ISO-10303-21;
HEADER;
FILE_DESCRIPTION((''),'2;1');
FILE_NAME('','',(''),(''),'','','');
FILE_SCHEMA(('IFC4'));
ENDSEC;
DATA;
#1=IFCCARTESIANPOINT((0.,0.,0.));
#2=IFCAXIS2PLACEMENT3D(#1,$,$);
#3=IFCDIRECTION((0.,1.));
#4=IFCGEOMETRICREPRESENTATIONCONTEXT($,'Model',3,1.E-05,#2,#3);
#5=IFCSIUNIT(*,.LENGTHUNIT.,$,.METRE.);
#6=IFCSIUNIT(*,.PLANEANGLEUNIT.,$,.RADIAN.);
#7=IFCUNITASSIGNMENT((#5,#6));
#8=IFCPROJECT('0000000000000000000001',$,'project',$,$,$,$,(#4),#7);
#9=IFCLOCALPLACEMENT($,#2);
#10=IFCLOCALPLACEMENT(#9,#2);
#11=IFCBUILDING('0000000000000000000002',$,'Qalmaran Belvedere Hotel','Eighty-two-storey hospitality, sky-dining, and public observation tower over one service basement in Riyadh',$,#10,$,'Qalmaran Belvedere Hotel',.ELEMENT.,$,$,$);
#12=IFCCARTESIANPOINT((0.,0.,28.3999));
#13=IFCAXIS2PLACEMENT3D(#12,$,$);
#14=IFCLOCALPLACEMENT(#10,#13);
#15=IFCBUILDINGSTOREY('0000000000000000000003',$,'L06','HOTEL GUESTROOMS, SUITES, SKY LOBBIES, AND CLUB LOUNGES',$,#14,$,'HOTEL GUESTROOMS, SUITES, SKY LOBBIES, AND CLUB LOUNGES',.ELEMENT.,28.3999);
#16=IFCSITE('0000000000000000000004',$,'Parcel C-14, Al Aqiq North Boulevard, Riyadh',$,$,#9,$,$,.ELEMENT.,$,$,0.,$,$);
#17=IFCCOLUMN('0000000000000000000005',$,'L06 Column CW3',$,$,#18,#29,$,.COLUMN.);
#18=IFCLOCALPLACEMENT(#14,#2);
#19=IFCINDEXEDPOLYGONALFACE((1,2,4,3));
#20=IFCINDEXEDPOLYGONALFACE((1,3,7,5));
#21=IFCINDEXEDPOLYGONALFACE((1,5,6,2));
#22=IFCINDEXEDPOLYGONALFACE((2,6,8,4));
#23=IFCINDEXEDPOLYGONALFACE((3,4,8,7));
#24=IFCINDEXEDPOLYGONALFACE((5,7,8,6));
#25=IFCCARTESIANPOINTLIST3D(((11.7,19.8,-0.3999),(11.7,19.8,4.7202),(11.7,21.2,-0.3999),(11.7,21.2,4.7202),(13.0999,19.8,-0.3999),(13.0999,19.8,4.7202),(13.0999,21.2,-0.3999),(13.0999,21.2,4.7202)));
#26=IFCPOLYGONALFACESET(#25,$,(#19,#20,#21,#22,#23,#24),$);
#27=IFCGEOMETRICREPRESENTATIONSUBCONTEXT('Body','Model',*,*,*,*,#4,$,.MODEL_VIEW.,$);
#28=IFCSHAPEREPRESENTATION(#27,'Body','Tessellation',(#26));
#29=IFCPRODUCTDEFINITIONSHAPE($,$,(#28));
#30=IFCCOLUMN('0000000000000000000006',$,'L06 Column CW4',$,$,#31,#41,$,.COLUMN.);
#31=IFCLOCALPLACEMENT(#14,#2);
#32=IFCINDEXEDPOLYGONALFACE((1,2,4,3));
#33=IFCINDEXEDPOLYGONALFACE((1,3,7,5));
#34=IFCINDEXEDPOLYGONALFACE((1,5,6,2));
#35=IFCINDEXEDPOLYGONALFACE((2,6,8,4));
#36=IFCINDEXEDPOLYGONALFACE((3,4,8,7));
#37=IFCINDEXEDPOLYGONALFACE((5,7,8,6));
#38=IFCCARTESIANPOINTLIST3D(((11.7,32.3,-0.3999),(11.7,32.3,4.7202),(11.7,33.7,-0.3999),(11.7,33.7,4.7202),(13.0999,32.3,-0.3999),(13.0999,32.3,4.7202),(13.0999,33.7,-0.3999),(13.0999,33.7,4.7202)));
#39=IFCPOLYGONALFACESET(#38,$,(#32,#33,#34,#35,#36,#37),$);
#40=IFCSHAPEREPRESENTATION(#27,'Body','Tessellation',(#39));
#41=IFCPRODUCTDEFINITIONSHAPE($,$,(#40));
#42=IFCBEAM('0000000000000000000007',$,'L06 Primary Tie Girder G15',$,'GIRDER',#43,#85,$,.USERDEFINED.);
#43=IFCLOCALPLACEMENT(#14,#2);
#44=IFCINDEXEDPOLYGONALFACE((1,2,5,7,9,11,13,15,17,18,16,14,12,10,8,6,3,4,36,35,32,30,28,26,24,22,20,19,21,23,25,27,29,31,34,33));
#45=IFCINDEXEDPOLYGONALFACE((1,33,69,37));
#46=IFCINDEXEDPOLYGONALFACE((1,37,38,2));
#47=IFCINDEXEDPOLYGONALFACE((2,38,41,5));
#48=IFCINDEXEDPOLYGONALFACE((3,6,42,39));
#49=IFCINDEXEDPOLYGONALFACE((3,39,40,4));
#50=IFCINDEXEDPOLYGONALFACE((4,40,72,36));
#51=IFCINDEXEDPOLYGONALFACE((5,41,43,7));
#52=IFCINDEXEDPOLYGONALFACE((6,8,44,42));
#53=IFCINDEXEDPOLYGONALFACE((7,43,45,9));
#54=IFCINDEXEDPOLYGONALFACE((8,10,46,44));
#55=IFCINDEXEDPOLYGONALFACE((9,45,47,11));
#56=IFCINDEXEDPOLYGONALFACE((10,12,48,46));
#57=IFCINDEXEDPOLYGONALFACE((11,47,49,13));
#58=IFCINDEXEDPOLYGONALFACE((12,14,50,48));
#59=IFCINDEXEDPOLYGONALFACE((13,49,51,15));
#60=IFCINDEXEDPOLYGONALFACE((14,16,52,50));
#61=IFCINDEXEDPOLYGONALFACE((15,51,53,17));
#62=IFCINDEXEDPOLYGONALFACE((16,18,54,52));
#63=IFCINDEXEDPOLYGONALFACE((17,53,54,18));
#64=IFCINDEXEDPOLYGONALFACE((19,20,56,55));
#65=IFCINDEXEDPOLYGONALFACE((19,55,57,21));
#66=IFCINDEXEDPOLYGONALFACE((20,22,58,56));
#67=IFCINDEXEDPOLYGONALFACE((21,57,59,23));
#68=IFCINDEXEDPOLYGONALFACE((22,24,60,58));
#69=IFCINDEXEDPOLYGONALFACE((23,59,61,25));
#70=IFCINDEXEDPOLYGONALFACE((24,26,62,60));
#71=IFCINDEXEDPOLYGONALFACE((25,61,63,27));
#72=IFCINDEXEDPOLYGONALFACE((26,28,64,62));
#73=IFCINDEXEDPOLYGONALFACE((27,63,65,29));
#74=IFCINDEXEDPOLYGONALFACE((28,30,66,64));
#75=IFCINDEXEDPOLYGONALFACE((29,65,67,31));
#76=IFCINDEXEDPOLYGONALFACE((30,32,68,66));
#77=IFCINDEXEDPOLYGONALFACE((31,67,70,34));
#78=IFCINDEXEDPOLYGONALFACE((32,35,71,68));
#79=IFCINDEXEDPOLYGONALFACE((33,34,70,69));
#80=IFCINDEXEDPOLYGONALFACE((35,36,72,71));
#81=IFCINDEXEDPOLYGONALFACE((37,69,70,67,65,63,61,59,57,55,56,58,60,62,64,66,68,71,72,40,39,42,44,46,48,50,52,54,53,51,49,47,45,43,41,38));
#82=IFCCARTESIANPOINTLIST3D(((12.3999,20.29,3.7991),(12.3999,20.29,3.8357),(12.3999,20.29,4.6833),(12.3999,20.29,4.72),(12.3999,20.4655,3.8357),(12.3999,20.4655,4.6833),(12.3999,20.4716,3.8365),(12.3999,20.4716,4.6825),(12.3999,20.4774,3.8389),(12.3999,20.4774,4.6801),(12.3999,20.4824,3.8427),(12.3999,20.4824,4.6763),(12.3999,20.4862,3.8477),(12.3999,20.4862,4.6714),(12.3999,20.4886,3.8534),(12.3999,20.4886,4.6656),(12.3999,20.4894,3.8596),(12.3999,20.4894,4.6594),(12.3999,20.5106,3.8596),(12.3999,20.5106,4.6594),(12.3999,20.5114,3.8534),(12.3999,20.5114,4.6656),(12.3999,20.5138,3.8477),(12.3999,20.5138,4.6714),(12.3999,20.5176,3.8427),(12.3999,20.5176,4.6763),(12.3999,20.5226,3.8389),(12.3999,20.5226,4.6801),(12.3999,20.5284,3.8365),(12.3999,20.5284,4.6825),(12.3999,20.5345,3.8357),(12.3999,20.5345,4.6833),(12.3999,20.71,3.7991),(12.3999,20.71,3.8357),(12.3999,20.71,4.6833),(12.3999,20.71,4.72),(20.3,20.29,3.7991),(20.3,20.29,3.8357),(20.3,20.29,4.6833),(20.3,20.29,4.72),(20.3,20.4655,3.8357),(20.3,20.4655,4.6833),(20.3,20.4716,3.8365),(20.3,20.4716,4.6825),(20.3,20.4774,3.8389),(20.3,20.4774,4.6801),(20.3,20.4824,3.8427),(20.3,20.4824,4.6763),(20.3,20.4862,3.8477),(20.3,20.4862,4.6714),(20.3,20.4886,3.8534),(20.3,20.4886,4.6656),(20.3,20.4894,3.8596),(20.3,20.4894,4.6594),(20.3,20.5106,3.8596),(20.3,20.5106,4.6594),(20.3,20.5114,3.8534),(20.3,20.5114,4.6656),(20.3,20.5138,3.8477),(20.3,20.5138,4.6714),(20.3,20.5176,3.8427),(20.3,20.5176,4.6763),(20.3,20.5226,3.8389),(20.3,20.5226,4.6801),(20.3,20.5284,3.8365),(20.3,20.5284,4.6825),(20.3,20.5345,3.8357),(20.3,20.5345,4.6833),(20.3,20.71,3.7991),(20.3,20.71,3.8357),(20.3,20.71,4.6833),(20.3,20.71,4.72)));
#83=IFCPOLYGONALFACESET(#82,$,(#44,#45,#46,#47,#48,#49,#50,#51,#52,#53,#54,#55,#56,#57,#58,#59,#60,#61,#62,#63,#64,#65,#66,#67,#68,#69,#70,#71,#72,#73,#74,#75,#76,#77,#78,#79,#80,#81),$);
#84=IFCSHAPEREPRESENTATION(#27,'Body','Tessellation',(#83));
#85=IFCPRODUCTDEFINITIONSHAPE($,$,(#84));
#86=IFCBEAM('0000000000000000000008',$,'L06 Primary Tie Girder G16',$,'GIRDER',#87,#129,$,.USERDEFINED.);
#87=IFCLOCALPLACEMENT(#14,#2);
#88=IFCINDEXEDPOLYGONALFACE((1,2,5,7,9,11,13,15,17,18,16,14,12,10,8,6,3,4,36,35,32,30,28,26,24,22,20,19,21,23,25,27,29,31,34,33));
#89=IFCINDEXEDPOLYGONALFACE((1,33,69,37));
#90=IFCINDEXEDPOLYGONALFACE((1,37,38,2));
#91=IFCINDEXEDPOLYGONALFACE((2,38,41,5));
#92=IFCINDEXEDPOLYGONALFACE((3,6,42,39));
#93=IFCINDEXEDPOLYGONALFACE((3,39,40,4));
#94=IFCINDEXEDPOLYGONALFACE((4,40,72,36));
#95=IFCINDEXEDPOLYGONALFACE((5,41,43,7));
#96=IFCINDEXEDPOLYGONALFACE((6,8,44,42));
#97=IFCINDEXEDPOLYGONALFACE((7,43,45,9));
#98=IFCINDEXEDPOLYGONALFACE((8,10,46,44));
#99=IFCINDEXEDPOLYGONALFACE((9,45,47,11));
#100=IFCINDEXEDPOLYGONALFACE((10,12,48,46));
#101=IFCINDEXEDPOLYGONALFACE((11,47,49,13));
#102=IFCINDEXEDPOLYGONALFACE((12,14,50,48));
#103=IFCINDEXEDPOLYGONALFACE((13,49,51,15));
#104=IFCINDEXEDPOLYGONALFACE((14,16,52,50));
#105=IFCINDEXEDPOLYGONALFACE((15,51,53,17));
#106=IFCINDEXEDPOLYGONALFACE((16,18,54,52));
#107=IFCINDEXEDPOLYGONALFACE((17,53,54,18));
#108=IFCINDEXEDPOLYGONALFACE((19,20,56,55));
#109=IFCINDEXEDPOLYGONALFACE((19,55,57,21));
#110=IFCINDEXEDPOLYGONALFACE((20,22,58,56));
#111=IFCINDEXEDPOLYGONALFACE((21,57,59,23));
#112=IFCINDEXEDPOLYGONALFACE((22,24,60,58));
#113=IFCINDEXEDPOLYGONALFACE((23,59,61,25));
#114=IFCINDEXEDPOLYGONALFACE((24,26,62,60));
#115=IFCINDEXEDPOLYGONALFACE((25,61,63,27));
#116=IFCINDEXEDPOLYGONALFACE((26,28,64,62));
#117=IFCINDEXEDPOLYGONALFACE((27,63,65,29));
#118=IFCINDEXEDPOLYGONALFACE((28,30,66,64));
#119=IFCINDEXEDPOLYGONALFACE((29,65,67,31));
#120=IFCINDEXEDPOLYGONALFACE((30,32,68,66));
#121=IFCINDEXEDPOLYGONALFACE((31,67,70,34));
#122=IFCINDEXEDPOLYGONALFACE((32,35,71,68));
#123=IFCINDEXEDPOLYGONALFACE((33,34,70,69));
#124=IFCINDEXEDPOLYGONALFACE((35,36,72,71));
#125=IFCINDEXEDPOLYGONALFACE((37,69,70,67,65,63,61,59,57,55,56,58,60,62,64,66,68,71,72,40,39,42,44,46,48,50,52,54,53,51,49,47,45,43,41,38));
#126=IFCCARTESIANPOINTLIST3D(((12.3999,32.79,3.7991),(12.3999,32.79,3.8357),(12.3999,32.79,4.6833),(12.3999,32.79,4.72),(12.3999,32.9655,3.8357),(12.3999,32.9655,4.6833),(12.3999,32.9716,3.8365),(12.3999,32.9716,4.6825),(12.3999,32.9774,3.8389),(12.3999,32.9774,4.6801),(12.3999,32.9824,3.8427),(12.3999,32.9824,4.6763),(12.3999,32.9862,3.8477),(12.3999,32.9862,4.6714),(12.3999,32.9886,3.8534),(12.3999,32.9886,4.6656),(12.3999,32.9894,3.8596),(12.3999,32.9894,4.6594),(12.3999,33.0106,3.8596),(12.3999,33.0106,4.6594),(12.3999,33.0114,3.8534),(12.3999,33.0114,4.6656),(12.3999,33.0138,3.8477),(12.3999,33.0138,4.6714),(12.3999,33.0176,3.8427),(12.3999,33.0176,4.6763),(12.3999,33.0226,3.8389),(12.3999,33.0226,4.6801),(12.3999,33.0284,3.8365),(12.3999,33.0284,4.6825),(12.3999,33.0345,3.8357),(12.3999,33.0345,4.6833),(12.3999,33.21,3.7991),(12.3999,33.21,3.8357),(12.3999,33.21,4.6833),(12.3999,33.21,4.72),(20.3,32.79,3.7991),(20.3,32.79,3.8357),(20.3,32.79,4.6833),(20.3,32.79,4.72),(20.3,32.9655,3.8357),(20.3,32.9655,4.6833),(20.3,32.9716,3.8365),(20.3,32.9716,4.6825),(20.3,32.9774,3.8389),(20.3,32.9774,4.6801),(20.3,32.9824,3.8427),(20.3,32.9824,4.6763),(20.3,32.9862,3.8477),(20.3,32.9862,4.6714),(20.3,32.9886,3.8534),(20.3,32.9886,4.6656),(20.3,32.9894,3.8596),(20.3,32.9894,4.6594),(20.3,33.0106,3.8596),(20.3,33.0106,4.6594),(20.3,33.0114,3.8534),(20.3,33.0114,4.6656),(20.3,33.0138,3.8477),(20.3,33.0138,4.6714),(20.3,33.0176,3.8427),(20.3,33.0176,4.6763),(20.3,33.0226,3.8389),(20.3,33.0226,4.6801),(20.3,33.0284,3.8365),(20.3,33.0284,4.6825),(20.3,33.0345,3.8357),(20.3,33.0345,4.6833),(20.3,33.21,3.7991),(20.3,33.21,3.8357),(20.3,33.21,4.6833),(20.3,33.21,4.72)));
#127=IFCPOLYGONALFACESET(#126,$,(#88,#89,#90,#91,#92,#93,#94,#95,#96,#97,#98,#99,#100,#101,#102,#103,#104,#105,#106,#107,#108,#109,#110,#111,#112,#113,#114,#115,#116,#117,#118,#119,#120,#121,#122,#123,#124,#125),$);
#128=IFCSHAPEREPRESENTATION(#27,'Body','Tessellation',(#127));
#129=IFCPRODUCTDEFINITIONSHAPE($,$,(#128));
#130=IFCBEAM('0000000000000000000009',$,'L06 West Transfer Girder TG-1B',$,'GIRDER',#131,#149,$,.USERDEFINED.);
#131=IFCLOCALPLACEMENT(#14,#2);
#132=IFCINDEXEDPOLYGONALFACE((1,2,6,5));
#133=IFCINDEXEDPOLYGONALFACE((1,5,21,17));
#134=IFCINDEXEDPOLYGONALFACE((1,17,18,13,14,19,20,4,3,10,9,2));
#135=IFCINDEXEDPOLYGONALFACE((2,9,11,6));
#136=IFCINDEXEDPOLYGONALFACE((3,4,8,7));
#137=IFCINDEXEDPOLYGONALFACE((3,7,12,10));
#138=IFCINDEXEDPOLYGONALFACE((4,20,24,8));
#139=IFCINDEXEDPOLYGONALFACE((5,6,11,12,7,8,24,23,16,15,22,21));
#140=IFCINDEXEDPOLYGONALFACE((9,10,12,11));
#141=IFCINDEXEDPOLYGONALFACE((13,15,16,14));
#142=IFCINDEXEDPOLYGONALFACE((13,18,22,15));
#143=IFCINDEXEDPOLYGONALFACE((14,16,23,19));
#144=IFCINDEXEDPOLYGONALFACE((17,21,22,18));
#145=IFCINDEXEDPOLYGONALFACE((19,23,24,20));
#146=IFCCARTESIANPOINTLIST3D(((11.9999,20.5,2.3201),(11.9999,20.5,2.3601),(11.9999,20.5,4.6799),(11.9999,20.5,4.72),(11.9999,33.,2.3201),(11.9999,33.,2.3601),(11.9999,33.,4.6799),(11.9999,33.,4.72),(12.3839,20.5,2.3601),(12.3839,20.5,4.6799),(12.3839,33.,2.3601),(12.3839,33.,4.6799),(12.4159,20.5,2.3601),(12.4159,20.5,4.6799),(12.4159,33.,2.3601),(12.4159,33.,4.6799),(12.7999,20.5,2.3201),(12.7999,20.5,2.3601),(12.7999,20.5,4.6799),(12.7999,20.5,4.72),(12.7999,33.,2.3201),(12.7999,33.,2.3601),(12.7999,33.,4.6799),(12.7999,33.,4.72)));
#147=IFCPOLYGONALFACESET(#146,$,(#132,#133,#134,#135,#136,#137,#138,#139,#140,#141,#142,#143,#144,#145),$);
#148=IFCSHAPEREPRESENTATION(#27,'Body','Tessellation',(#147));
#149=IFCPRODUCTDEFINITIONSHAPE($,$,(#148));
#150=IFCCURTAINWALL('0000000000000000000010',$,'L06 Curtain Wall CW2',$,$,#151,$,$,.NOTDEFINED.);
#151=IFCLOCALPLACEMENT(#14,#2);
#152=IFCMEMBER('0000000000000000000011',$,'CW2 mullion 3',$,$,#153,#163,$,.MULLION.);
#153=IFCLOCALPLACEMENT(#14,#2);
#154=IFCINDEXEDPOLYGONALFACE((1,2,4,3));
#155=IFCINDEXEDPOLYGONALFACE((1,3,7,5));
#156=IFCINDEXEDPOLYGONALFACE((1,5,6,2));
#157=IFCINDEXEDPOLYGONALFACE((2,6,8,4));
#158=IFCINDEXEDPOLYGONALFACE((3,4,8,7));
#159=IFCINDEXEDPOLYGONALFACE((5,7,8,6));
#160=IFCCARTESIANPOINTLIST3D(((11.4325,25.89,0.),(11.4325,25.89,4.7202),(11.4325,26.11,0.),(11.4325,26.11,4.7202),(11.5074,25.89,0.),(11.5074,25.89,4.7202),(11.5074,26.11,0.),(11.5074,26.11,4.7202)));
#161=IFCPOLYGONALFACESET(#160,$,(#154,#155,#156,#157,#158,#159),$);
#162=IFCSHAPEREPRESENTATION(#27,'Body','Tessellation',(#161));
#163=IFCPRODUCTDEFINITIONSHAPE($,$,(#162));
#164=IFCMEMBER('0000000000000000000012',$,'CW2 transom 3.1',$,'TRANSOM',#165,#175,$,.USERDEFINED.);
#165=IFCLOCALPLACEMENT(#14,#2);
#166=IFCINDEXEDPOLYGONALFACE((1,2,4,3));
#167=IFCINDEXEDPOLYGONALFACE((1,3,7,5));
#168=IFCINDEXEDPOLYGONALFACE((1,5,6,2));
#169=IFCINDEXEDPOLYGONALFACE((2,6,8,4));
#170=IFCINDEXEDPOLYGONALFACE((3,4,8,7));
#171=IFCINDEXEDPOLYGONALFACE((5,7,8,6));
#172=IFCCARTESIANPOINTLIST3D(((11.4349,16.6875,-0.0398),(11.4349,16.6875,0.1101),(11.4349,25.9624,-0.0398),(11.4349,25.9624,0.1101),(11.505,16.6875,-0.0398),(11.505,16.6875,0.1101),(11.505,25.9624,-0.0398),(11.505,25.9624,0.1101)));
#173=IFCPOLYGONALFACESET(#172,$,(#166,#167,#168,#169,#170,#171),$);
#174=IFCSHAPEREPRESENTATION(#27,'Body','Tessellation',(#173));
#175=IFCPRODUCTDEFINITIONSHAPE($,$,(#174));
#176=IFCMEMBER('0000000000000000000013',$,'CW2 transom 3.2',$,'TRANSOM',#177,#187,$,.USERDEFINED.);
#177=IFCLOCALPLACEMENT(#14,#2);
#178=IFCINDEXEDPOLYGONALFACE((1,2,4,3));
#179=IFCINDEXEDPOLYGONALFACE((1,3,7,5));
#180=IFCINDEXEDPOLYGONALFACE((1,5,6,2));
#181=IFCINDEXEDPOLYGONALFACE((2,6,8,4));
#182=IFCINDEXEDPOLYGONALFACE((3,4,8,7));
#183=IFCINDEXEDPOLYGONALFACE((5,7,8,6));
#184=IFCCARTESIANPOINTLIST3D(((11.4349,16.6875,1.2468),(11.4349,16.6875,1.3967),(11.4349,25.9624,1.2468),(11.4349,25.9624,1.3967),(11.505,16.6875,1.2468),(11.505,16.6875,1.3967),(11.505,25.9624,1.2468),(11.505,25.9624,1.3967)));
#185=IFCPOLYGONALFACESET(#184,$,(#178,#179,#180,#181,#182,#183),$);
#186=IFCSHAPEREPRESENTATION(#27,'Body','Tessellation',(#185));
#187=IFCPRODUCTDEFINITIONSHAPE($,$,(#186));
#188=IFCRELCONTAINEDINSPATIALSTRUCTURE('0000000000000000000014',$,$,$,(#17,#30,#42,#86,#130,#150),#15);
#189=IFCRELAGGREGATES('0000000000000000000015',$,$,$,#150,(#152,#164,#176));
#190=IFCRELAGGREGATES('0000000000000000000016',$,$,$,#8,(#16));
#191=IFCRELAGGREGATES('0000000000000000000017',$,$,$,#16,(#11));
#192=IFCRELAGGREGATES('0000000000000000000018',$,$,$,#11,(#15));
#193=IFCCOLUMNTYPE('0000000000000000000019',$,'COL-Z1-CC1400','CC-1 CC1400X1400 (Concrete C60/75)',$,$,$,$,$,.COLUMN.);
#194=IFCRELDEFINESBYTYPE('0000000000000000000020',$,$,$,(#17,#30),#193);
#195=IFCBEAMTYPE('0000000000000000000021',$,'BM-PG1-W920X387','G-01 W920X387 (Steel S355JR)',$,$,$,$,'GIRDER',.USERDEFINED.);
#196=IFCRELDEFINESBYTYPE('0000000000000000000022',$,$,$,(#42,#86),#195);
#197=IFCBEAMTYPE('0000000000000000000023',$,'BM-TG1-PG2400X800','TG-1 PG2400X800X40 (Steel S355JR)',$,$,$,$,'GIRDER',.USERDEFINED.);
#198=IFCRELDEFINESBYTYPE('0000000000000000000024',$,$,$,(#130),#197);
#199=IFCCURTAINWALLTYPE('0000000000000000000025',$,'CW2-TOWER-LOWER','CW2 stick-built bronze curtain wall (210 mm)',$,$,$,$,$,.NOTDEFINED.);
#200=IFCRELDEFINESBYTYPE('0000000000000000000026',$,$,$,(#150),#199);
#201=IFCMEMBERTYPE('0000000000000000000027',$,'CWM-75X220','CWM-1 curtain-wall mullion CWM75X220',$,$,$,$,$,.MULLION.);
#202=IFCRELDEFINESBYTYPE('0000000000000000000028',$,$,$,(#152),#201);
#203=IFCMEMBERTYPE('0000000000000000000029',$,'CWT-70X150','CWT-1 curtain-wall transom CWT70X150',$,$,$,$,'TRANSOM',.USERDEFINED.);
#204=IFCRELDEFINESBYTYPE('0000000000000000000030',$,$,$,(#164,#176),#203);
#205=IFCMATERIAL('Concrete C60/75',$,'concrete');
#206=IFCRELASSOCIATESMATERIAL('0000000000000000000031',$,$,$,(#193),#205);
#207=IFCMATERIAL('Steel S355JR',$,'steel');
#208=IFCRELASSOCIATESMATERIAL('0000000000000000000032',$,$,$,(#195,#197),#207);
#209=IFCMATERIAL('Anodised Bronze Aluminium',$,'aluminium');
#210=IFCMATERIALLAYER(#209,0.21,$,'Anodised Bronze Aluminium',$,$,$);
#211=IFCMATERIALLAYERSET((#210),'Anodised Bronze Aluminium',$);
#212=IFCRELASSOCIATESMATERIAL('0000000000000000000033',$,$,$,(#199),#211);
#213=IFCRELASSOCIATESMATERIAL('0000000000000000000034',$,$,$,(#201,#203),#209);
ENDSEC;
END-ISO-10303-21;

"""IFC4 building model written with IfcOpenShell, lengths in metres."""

from ifc_helpers import new_model, si_unit, direction, frame, origin, origin_2d, place, context, subcontext, project, spatial, rectangle, i_section, extrude, material, layer, layer_set, material_profile, profile_set, type_object, element, aggregate, save


model = new_model("IFC4")

# Units and contexts
model_context = context("Model", 3, precision=1e-05, world=origin(), true_north=direction((0.0, 1.0)))
body_context = subcontext(model_context, "Body", "Model", "MODEL_VIEW")
ifc_project = project(units=[si_unit("LENGTHUNIT", "METRE"), si_unit("PLANEANGLEUNIT", "RADIAN")], contexts=[model_context])

# Site, building, storey
site_placement = place(None, origin())
site = spatial("IfcSite", under=ifc_project, at=site_placement, Name="Parcel C-14, Al Aqiq North Boulevard, Riyadh", CompositionType="ELEMENT", RefElevation=0.0)
building_placement = place(site_placement, origin())
building = spatial("IfcBuilding", under=site, at=building_placement, Name="Qalmaran Belvedere Hotel", Description="Eighty-two-storey hospitality, sky-dining, and public observation tower over one service basement in Riyadh", LongName="Qalmaran Belvedere Hotel", CompositionType="ELEMENT")
storey_placement = place(building_placement, frame((0.0, 0.0, 28.3999)))
storey = spatial("IfcBuildingStorey", under=building, at=storey_placement, Name="L06", Description="HOTEL GUESTROOMS, SUITES, SKY LOBBIES, AND CLUB LOUNGES", LongName="HOTEL GUESTROOMS, SUITES, SKY LOBBIES, AND CLUB LOUNGES", CompositionType="ELEMENT", Elevation=28.3999)

# Columns
ifc_material_1 = material(Name="Concrete C60/75", Category="concrete")
ifc_material_profile_1 = material_profile(ifc_material_1, rectangle(XDim=1.3999, YDim=1.3999, at=origin_2d()), Name="CC1400X1400")
ifc_profile_set_1 = profile_set([ifc_material_profile_1], Name="Concrete C60/75")
column_type = type_object("IfcColumnType", Name="COL-Z1-CC1400", Description="CC-1 CC1400X1400 (Concrete C60/75)", PredefinedType="COLUMN", material=ifc_profile_set_1)
for number, where, z_axis, x_axis, name in (
    (1, (12.3999, 20.5, -0.3999), (0.0, 0.0, 1.0), (1.0, 0.0, 0.0), "L06 Column CW3"),
    (2, (12.3999, 33.0, -0.3999), (0.0, 0.0, 1.0), (1.0, 0.0, 0.0), "L06 Column CW4"),
):
    element("IfcColumn", number, at=place(storey_placement, frame(where, z_axis=z_axis, x_axis=x_axis)), inside=storey, type_object=column_type, Name=name, PredefinedType="COLUMN", context=body_context, shape_type="SweptSolid", body=[
        extrude(rectangle(XDim=1.3999, YDim=1.3999, at=origin_2d()), origin(), (0.0, 0.0, 1.0), 5.1201),
    ])

# Beams
ifc_material_2 = material(Name="Steel S355JR", Category="steel")
ifc_material_profile_2 = material_profile(ifc_material_2, i_section(OverallWidth=0.4199, OverallDepth=0.9209, WebThickness=0.0212, FlangeThickness=0.0366, FilletRadius=0.0239, at=origin_2d()), Name="W920X387")
ifc_profile_set_2 = profile_set([ifc_material_profile_2], Name="Steel S355JR")
beam_type_1 = type_object("IfcBeamType", Name="BM-PG1-W920X387", Description="G-01 W920X387 (Steel S355JR)", ElementType="GIRDER", PredefinedType="USERDEFINED", material=ifc_profile_set_2)
for number, where, z_axis, x_axis, name in (
    (3, (12.3999, 20.5, 4.2595), (1.0, 0.0, 0.0), (0.0, 1.0, 0.0), "L06 Primary Tie Girder G15"),
    (4, (12.3999, 33.0, 4.2595), (1.0, 0.0, 0.0), (0.0, 1.0, 0.0), "L06 Primary Tie Girder G16"),
):
    element("IfcBeam", number, at=place(storey_placement, frame(where, z_axis=z_axis, x_axis=x_axis)), inside=storey, type_object=beam_type_1, Name=name, ObjectType="GIRDER", PredefinedType="USERDEFINED", context=body_context, shape_type="SweptSolid", body=[
        extrude(i_section(OverallWidth=0.4199, OverallDepth=0.9209, WebThickness=0.0212, FlangeThickness=0.0366, FilletRadius=0.0239, at=origin_2d()), origin(), (0.0, 0.0, 1.0), 7.9001),
    ])
ifc_material_profile_3 = material_profile(ifc_material_2, i_section(OverallWidth=0.8, OverallDepth=2.3999, WebThickness=0.032, FlangeThickness=0.04, at=origin_2d()), Name="PG2400X800X40")
ifc_profile_set_3 = profile_set([ifc_material_profile_3], Name="Steel S355JR")
beam_type_2 = type_object("IfcBeamType", Name="BM-TG1-PG2400X800", Description="TG-1 PG2400X800X40 (Steel S355JR)", ElementType="GIRDER", PredefinedType="USERDEFINED", material=ifc_profile_set_3)
beam_placement = place(storey_placement, frame((12.3999, 20.5, 3.52), z_axis=(0.0, 1.0, 0.0), x_axis=(-1.0, 0.0, 0.0)))
element("IfcBeam", 5, at=beam_placement, inside=storey, type_object=beam_type_2, Name="L06 West Transfer Girder TG-1B", ObjectType="GIRDER", PredefinedType="USERDEFINED", context=body_context, shape_type="SweptSolid", body=[
    extrude(i_section(OverallWidth=0.8, OverallDepth=2.3999, WebThickness=0.032, FlangeThickness=0.04, at=origin_2d()), origin(), (0.0, 0.0, 1.0), 12.5),
])

# Curtain wall, members
ifc_material_3 = material(Name="Anodised Bronze Aluminium", Category="aluminium")
ifc_layer_1 = layer(ifc_material_3, 0.21, Name="Anodised Bronze Aluminium")
ifc_layer_set_1 = layer_set([ifc_layer_1], Name="Anodised Bronze Aluminium")
curtain_wall_type = type_object("IfcCurtainWallType", Name="CW2-TOWER-LOWER", Description="CW2 stick-built bronze curtain wall (210 mm)", PredefinedType="NOTDEFINED", material=ifc_layer_set_1)
curtain_wall_placement = place(storey_placement, origin())
curtain_wall = element("IfcCurtainWall", 6, at=curtain_wall_placement, inside=storey, type_object=curtain_wall_type, Name="L06 Curtain Wall CW2", PredefinedType="NOTDEFINED")
ifc_material_profile_4 = material_profile(ifc_material_3, rectangle(XDim=0.075, YDim=0.22, at=origin_2d()), Name="CWM75X220")
ifc_profile_set_4 = profile_set([ifc_material_profile_4], Name="Anodised Bronze Aluminium")
member_type_1 = type_object("IfcMemberType", Name="CWM-75X220", Description="CWM-1 curtain-wall mullion CWM75X220", PredefinedType="MULLION", material=ifc_profile_set_4)
member_1_placement = place(storey_placement, frame((11.47, 26.0, 0.0), z_axis=(0.0, 0.0, 1.0), x_axis=(1.0, 0.0, 0.0)))
member_1 = element("IfcMember", 7, at=member_1_placement, type_object=member_type_1, Name="CW2 mullion 3", PredefinedType="MULLION", context=body_context, shape_type="SweptSolid", body=[
    extrude(rectangle(XDim=0.075, YDim=0.22, at=origin_2d()), origin(), (0.0, 0.0, 1.0), 4.7202),
])
ifc_material_profile_5 = material_profile(ifc_material_3, rectangle(XDim=0.0701, YDim=0.1499, at=origin_2d()), Name="CWT70X150")
ifc_profile_set_5 = profile_set([ifc_material_profile_5], Name="Anodised Bronze Aluminium")
member_type_2 = type_object("IfcMemberType", Name="CWT-70X150", Description="CWT-1 curtain-wall transom CWT70X150", ElementType="TRANSOM", PredefinedType="USERDEFINED", material=ifc_profile_set_5)
member_2_placement = place(storey_placement, frame((11.47, 25.9624, 0.0352), z_axis=(0.0, -1.0, 0.0), x_axis=(1.0, 0.0, 0.0)))
member_2 = element("IfcMember", 8, at=member_2_placement, type_object=member_type_2, Name="CW2 transom 3.1", ObjectType="TRANSOM", PredefinedType="USERDEFINED", context=body_context, shape_type="SweptSolid", body=[
    extrude(rectangle(XDim=0.0701, YDim=0.1499, at=origin_2d()), origin(), (0.0, 0.0, 1.0), 9.2749),
])
member_3_placement = place(storey_placement, frame((11.47, 25.9624, 1.3218), z_axis=(0.0, -1.0, 0.0), x_axis=(1.0, 0.0, 0.0)))
member_3 = element("IfcMember", 9, at=member_3_placement, type_object=member_type_2, Name="CW2 transom 3.2", ObjectType="TRANSOM", PredefinedType="USERDEFINED", context=body_context, shape_type="SweptSolid", body=[
    extrude(rectangle(XDim=0.0701, YDim=0.1499, at=origin_2d()), origin(), (0.0, 0.0, 1.0), 9.2749),
])
aggregate(curtain_wall, [member_1, member_2, member_3])

save(model, "model.ifc")
